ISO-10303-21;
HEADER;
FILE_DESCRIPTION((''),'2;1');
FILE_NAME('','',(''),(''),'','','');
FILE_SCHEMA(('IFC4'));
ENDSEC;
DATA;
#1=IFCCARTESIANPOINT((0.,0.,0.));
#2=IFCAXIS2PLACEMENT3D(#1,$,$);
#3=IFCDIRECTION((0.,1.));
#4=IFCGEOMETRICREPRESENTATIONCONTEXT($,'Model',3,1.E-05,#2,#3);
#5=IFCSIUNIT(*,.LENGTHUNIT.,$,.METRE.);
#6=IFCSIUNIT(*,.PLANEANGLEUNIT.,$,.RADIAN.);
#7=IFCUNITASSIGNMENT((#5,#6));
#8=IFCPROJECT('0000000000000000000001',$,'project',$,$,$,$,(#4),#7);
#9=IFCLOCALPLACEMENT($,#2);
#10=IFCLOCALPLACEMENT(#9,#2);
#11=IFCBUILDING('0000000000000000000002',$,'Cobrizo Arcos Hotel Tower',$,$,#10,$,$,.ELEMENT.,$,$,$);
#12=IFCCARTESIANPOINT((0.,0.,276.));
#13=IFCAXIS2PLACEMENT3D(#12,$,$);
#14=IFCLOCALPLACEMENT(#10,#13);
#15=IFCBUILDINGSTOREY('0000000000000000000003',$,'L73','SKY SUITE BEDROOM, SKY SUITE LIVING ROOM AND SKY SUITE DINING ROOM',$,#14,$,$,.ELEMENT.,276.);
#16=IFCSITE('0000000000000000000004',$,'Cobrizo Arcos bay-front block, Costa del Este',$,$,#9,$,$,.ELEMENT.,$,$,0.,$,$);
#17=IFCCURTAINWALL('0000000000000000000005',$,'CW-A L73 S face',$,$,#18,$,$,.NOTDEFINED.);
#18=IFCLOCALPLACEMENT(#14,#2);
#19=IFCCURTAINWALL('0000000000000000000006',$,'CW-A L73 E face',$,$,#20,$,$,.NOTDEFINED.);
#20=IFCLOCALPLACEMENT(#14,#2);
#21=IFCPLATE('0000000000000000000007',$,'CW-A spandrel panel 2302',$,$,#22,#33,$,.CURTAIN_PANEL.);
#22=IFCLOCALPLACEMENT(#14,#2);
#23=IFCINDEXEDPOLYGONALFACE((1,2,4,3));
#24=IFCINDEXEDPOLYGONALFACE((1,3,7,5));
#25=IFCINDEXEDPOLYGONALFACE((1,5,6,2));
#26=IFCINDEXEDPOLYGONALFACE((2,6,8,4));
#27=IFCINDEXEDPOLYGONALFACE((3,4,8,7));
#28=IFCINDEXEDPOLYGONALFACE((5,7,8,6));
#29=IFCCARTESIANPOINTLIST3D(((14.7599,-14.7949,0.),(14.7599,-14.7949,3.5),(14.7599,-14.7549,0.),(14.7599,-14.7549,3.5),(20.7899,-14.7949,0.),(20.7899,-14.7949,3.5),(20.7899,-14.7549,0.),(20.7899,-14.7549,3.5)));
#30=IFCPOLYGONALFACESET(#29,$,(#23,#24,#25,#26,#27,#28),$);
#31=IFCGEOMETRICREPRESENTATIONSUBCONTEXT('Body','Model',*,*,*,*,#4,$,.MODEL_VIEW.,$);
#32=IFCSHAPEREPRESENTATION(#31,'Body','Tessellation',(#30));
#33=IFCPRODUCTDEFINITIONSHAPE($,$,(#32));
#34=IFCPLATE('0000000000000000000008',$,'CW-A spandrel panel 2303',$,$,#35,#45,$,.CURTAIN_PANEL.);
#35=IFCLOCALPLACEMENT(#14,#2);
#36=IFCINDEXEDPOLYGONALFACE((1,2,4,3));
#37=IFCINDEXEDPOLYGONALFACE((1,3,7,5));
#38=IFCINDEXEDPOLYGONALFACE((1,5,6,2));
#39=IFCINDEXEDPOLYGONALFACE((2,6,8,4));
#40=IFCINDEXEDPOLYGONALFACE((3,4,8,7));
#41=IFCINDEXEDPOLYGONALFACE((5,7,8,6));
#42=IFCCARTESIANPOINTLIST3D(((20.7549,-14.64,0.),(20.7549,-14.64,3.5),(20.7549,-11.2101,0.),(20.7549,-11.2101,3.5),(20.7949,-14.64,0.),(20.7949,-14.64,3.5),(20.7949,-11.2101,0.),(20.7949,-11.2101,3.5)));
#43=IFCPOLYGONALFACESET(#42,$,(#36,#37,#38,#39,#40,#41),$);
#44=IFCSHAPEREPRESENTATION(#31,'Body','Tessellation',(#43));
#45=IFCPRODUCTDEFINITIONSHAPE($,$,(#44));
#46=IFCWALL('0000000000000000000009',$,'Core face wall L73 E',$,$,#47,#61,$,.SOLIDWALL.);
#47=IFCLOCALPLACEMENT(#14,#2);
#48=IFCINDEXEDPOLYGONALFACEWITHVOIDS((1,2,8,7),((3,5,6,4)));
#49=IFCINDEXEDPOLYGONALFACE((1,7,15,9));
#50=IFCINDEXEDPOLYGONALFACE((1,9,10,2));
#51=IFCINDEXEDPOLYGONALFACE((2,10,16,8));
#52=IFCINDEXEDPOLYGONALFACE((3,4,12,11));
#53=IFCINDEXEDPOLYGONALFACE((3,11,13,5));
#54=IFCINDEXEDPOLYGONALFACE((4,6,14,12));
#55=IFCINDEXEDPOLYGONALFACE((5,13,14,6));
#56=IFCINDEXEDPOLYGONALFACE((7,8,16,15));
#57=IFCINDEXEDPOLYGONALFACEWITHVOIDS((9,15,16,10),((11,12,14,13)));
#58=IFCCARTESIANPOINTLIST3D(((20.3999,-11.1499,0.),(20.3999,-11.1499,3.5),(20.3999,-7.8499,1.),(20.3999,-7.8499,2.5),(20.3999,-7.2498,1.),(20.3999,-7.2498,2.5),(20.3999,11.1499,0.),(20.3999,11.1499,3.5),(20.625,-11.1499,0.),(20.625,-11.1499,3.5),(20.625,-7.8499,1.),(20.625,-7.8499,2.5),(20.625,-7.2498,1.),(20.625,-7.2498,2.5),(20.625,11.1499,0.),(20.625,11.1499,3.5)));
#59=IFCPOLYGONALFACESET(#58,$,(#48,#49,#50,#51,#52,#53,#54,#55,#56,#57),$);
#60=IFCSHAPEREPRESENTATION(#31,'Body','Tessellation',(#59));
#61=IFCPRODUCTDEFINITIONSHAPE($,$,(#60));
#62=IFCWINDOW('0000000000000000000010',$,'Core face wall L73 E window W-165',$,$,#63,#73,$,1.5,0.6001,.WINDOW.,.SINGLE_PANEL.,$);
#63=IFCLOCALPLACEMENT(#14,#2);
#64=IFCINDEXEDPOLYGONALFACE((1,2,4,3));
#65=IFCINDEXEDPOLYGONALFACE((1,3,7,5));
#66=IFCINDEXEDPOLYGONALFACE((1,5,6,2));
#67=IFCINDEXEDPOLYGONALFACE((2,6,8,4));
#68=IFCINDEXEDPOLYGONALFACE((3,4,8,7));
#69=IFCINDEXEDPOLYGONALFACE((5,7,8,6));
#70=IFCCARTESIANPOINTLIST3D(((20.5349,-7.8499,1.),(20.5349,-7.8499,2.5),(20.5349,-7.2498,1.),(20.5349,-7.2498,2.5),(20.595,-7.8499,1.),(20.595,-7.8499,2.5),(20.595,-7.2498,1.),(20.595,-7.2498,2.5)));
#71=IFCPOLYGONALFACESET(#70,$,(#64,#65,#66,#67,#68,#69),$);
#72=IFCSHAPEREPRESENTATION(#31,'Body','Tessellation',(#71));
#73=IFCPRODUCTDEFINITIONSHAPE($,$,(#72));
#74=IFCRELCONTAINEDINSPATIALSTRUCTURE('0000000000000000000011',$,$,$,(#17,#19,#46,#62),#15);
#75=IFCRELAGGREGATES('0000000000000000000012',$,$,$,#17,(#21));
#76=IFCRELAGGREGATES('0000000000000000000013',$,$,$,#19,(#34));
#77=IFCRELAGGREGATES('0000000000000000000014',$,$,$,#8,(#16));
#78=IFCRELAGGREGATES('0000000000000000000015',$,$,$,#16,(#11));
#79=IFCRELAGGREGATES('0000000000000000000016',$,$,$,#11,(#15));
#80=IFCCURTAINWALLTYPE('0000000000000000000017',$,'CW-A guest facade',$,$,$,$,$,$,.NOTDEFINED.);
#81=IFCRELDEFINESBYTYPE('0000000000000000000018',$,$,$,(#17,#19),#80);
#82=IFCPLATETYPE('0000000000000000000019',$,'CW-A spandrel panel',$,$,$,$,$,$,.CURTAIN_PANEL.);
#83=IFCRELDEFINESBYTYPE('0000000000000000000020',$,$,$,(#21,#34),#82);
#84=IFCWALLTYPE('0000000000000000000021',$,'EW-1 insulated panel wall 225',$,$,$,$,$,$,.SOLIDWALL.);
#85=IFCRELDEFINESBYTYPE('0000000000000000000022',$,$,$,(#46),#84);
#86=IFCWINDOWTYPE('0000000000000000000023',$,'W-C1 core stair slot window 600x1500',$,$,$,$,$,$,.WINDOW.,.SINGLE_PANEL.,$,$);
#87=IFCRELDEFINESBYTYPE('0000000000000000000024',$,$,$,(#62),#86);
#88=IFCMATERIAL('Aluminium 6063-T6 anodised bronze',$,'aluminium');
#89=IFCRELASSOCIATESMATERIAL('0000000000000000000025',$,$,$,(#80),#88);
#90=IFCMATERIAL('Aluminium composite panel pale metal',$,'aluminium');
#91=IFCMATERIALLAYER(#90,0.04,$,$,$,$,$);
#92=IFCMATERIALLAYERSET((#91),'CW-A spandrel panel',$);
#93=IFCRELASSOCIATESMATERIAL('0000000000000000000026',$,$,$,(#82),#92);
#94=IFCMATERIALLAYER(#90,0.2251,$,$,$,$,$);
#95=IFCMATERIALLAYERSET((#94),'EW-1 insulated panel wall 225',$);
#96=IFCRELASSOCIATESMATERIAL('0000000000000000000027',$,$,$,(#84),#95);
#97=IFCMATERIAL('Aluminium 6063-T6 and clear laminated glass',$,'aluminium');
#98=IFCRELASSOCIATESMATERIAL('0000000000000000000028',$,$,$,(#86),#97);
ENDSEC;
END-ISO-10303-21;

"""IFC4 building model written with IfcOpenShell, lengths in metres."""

from ifc_helpers import new_model, si_unit, direction, frame, frame_2d, origin, origin_2d, place, context, subcontext, project, spatial, rectangle, extrude, material, layer, layer_set, type_object, element, fill, aggregate, save


model = new_model("IFC4")

# Units and contexts
model_context = context("Model", 3, precision=1e-05, world=origin(), true_north=direction((0.0, 1.0)))
body_context = subcontext(model_context, "Body", "Model", "MODEL_VIEW")
ifc_project = project(units=[si_unit("LENGTHUNIT", "METRE"), si_unit("PLANEANGLEUNIT", "RADIAN")], contexts=[model_context])

# Site, building, storey
site_placement = place(None, origin())
site = spatial("IfcSite", under=ifc_project, at=site_placement, Name="Cobrizo Arcos bay-front block, Costa del Este", CompositionType="ELEMENT", RefElevation=0.0)
building_placement = place(site_placement, origin())
building = spatial("IfcBuilding", under=site, at=building_placement, Name="Cobrizo Arcos Hotel Tower", CompositionType="ELEMENT")
storey_placement = place(building_placement, frame((0.0, 0.0, 276.0)))
storey = spatial("IfcBuildingStorey", under=building, at=storey_placement, Name="L73", Description="SKY SUITE BEDROOM, SKY SUITE LIVING ROOM AND SKY SUITE DINING ROOM", CompositionType="ELEMENT", Elevation=276.0)

# Curtain wall
ifc_material_1 = material(Name="Aluminium 6063-T6 anodised bronze", Category="aluminium")
curtain_wall_type = type_object("IfcCurtainWallType", Name="CW-A guest facade", PredefinedType="NOTDEFINED", material=ifc_material_1)
curtain_wall_1_placement = place(storey_placement, origin())
curtain_wall_1 = element("IfcCurtainWall", 1, at=curtain_wall_1_placement, inside=storey, type_object=curtain_wall_type, Name="CW-A L73 S face", PredefinedType="NOTDEFINED")

# Curtain wall
curtain_wall_2_placement = place(storey_placement, origin())
curtain_wall_2 = element("IfcCurtainWall", 2, at=curtain_wall_2_placement, inside=storey, type_object=curtain_wall_type, Name="CW-A L73 E face", PredefinedType="NOTDEFINED")

# Plates
ifc_material_2 = material(Name="Aluminium composite panel pale metal", Category="aluminium")
ifc_layer_1 = layer(ifc_material_2, 0.04)
ifc_layer_set_1 = layer_set([ifc_layer_1], Name="CW-A spandrel panel")
plate_type = type_object("IfcPlateType", Name="CW-A spandrel panel", PredefinedType="CURTAIN_PANEL", material=ifc_layer_set_1)
plate_1_placement = place(storey_placement, frame((17.7749, -14.7749, 0.0), z_axis=(0.0, 0.0, 1.0), x_axis=(1.0, 0.0, 0.0)))
plate_1 = element("IfcPlate", 3, at=plate_1_placement, type_object=plate_type, Name="CW-A spandrel panel 2302", PredefinedType="CURTAIN_PANEL", context=body_context, shape_type="SweptSolid", body=[
    extrude(rectangle(XDim=6.03, YDim=0.04, at=origin_2d()), origin(), (0.0, 0.0, 1.0), 3.5),
])
aggregate(curtain_wall_1, [plate_1])
plate_2_placement = place(storey_placement, frame((20.7749, -12.925, 0.0), z_axis=(0.0, 0.0, 1.0), x_axis=(0.0, 1.0, 0.0)))
plate_2 = element("IfcPlate", 4, at=plate_2_placement, type_object=plate_type, Name="CW-A spandrel panel 2303", PredefinedType="CURTAIN_PANEL", context=body_context, shape_type="SweptSolid", body=[
    extrude(rectangle(XDim=3.4299, YDim=0.04, at=origin_2d()), origin(), (0.0, 0.0, 1.0), 3.5),
])
aggregate(curtain_wall_2, [plate_2])

# Wall, opening, window
ifc_layer_2 = layer(ifc_material_2, 0.2251)
ifc_layer_set_2 = layer_set([ifc_layer_2], Name="EW-1 insulated panel wall 225")
wall_type_1 = type_object("IfcWallType", Name="EW-1 insulated panel wall 225", PredefinedType="SOLIDWALL", material=ifc_layer_set_2)
wall_1_placement = place(storey_placement, frame((20.5125, -11.1499, 0.0), z_axis=(0.0, 0.0, 1.0), x_axis=(0.0, 1.0, 0.0)))
wall_1 = element("IfcWall", 5, at=wall_1_placement, inside=storey, type_object=wall_type_1, Name="Core face wall L73 E", PredefinedType="SOLIDWALL", context=body_context, shape_type="SweptSolid", body=[
    extrude(rectangle(XDim=22.2998, YDim=0.2251, at=frame_2d((11.1499, 0.0))), origin(), (0.0, 0.0, 1.0), 3.5),
])
opening_1_placement = place(wall_1_placement, frame((3.3, 0.0, 1.0)))
opening_1 = element("IfcOpeningElement", 6, at=opening_1_placement, cuts=wall_1, PredefinedType="OPENING", context=body_context, shape_type="SweptSolid", body=[
    extrude(rectangle(XDim=0.6001, YDim=1.5, at=frame_2d((0.3, 0.75))), frame((0.0, 0.1245, 0.0), z_axis=(0.0, -1.0, 0.0), x_axis=(1.0, 0.0, 0.0)), (0.0, 0.0, 1.0), 0.249),
])
ifc_material_3 = material(Name="Aluminium 6063-T6 and clear laminated glass", Category="aluminium")
window_type = type_object("IfcWindowType", Name="W-C1 core stair slot window 600x1500", PartitioningType="SINGLE_PANEL", PredefinedType="WINDOW", material=ifc_material_3)
window_placement = place(opening_1_placement, origin())
window = element("IfcWindow", 7, at=window_placement, inside=storey, type_object=window_type, Name="Core face wall L73 E window W-165", OverallHeight=1.5, OverallWidth=0.6001, PartitioningType="SINGLE_PANEL", PredefinedType="WINDOW", context=body_context, shape_type="SweptSolid", body=[
    extrude(rectangle(XDim=0.6001, YDim=1.5, at=frame_2d((0.3, 0.75))), frame((0.0, -0.0225, 0.0), z_axis=(0.0, -1.0, 0.0), x_axis=(1.0, 0.0, 0.0)), (0.0, 0.0, 1.0), 0.0601),
])
fill(opening_1, window)

save(model, "model.ifc")
